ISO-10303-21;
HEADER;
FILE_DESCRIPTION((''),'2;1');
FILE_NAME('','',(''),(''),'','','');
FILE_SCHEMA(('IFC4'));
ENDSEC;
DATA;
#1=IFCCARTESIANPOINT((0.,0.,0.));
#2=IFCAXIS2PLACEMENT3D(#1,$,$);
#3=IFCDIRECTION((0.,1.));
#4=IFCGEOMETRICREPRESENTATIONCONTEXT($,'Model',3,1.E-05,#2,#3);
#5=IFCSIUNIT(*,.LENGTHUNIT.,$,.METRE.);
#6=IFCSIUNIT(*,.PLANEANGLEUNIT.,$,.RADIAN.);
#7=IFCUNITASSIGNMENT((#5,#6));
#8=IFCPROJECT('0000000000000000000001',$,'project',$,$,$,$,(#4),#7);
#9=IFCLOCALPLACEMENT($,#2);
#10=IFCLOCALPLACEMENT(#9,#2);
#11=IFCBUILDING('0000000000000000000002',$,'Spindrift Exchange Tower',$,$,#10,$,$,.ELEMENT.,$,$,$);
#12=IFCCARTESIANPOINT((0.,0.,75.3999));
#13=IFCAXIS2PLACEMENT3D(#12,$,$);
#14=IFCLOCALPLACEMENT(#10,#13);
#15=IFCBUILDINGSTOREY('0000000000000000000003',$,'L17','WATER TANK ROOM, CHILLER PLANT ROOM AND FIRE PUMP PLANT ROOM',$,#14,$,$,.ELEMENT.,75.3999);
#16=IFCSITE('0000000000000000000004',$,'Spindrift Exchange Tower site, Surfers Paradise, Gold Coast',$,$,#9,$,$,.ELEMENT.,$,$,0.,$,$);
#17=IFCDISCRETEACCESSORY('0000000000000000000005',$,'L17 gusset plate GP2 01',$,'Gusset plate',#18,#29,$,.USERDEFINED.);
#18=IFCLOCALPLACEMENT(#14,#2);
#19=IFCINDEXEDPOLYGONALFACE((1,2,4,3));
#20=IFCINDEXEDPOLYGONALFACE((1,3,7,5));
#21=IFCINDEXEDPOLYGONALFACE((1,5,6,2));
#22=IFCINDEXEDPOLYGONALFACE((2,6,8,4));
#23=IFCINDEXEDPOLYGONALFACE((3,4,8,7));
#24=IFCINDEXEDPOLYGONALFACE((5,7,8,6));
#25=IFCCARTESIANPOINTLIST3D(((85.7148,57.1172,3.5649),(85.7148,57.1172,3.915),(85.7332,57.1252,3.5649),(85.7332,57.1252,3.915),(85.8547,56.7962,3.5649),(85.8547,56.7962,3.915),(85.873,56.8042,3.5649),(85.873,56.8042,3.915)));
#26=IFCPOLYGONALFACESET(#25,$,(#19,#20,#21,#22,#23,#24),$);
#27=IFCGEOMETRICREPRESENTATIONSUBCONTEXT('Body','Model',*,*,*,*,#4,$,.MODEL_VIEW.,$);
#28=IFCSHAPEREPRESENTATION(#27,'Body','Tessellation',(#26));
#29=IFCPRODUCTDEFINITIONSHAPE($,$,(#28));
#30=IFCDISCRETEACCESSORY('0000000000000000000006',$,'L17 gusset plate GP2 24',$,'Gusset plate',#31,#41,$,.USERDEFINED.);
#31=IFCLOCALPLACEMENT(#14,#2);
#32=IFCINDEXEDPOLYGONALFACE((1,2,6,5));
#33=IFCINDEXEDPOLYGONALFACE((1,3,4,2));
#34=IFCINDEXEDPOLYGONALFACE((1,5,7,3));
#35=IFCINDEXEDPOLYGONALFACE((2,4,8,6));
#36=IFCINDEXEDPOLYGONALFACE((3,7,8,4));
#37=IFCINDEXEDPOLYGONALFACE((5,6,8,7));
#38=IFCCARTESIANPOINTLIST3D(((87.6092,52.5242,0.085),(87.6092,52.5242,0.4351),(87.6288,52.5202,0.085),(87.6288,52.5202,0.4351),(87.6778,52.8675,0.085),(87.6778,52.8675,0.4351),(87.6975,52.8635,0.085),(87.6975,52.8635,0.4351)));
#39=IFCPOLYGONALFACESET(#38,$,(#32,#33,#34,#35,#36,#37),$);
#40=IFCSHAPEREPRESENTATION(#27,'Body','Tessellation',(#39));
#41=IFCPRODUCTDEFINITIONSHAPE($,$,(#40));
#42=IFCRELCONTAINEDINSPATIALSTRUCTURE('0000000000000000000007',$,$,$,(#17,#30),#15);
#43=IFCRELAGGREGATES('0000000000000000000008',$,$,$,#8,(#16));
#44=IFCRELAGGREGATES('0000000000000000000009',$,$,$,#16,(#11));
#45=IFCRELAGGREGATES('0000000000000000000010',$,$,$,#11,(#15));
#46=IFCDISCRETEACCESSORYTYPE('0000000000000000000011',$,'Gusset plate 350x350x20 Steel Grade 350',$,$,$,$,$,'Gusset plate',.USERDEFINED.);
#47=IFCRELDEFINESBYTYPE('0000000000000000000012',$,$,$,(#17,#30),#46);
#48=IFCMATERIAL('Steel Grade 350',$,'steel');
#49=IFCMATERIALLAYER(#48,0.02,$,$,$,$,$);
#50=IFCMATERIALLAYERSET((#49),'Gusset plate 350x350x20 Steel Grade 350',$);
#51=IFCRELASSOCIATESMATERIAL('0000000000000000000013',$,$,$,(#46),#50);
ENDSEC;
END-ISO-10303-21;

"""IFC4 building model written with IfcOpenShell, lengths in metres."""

from ifc_helpers import new_model, si_unit, direction, frame, origin, origin_2d, place, context, subcontext, project, spatial, rectangle, extrude, source, transform, mapped, material, layer, layer_set, type_object, element, save


model = new_model("IFC4")

# Units and contexts
model_context = context("Model", 3, precision=1e-05, world=origin(), true_north=direction((0.0, 1.0)))
body_context = subcontext(model_context, "Body", "Model", "MODEL_VIEW")
ifc_project = project(units=[si_unit("LENGTHUNIT", "METRE"), si_unit("PLANEANGLEUNIT", "RADIAN")], contexts=[model_context])

# Site, building, storey
site_placement = place(None, origin())
site = spatial("IfcSite", under=ifc_project, at=site_placement, Name="Spindrift Exchange Tower site, Surfers Paradise, Gold Coast", CompositionType="ELEMENT", RefElevation=0.0)
building_placement = place(site_placement, origin())
building = spatial("IfcBuilding", under=site, at=building_placement, Name="Spindrift Exchange Tower", CompositionType="ELEMENT")
storey_placement = place(building_placement, frame((0.0, 0.0, 75.3999)))
storey = spatial("IfcBuildingStorey", under=building, at=storey_placement, Name="L17", Description="WATER TANK ROOM, CHILLER PLANT ROOM AND FIRE PUMP PLANT ROOM", CompositionType="ELEMENT", Elevation=75.3999)

# Shared definitions
ifc_material_1 = material(Name="Steel Grade 350", Category="steel")

# Discrete accessories
ifc_layer_1 = layer(ifc_material_1, 0.02)
ifc_layer_set_1 = layer_set([ifc_layer_1], Name="Gusset plate 350x350x20 Steel Grade 350")
discrete_accessory_type_1 = type_object("IfcDiscreteAccessoryType", Name="Gusset plate 350x350x20 Steel Grade 350", ElementType="Gusset plate", PredefinedType="USERDEFINED", material=ifc_layer_set_1)
shared_shape_1 = source(origin(), body_context, "Body", "SweptSolid", [
    extrude(rectangle(XDim=0.3501, YDim=0.02, at=origin_2d()), origin(), (0.0, 0.0, 1.0), 0.3501),
])
for number, where, z_axis, x_axis, name in (
    (1, (85.7939, 56.9607, 3.5649), (0.0, 0.0, 1.0), (-0.399464, 0.916749, 0.0), "L17 gusset plate GP2 01"),
    (2, (87.6533, 52.6938, 0.085), (0.0, 0.0, 1.0), (0.1961, 0.980584, 0.0), "L17 gusset plate GP2 24"),
):
    element("IfcDiscreteAccessory", number, at=place(storey_placement, frame(where, z_axis=z_axis, x_axis=x_axis)), inside=storey, type_object=discrete_accessory_type_1, Name=name, ObjectType="Gusset plate", PredefinedType="USERDEFINED", context=body_context, shape_type="MappedRepresentation", body=[
        mapped(shared_shape_1, transform((0.0, 0.0, 0.0), scale=1.0)),
    ])

save(model, "model.ifc")
